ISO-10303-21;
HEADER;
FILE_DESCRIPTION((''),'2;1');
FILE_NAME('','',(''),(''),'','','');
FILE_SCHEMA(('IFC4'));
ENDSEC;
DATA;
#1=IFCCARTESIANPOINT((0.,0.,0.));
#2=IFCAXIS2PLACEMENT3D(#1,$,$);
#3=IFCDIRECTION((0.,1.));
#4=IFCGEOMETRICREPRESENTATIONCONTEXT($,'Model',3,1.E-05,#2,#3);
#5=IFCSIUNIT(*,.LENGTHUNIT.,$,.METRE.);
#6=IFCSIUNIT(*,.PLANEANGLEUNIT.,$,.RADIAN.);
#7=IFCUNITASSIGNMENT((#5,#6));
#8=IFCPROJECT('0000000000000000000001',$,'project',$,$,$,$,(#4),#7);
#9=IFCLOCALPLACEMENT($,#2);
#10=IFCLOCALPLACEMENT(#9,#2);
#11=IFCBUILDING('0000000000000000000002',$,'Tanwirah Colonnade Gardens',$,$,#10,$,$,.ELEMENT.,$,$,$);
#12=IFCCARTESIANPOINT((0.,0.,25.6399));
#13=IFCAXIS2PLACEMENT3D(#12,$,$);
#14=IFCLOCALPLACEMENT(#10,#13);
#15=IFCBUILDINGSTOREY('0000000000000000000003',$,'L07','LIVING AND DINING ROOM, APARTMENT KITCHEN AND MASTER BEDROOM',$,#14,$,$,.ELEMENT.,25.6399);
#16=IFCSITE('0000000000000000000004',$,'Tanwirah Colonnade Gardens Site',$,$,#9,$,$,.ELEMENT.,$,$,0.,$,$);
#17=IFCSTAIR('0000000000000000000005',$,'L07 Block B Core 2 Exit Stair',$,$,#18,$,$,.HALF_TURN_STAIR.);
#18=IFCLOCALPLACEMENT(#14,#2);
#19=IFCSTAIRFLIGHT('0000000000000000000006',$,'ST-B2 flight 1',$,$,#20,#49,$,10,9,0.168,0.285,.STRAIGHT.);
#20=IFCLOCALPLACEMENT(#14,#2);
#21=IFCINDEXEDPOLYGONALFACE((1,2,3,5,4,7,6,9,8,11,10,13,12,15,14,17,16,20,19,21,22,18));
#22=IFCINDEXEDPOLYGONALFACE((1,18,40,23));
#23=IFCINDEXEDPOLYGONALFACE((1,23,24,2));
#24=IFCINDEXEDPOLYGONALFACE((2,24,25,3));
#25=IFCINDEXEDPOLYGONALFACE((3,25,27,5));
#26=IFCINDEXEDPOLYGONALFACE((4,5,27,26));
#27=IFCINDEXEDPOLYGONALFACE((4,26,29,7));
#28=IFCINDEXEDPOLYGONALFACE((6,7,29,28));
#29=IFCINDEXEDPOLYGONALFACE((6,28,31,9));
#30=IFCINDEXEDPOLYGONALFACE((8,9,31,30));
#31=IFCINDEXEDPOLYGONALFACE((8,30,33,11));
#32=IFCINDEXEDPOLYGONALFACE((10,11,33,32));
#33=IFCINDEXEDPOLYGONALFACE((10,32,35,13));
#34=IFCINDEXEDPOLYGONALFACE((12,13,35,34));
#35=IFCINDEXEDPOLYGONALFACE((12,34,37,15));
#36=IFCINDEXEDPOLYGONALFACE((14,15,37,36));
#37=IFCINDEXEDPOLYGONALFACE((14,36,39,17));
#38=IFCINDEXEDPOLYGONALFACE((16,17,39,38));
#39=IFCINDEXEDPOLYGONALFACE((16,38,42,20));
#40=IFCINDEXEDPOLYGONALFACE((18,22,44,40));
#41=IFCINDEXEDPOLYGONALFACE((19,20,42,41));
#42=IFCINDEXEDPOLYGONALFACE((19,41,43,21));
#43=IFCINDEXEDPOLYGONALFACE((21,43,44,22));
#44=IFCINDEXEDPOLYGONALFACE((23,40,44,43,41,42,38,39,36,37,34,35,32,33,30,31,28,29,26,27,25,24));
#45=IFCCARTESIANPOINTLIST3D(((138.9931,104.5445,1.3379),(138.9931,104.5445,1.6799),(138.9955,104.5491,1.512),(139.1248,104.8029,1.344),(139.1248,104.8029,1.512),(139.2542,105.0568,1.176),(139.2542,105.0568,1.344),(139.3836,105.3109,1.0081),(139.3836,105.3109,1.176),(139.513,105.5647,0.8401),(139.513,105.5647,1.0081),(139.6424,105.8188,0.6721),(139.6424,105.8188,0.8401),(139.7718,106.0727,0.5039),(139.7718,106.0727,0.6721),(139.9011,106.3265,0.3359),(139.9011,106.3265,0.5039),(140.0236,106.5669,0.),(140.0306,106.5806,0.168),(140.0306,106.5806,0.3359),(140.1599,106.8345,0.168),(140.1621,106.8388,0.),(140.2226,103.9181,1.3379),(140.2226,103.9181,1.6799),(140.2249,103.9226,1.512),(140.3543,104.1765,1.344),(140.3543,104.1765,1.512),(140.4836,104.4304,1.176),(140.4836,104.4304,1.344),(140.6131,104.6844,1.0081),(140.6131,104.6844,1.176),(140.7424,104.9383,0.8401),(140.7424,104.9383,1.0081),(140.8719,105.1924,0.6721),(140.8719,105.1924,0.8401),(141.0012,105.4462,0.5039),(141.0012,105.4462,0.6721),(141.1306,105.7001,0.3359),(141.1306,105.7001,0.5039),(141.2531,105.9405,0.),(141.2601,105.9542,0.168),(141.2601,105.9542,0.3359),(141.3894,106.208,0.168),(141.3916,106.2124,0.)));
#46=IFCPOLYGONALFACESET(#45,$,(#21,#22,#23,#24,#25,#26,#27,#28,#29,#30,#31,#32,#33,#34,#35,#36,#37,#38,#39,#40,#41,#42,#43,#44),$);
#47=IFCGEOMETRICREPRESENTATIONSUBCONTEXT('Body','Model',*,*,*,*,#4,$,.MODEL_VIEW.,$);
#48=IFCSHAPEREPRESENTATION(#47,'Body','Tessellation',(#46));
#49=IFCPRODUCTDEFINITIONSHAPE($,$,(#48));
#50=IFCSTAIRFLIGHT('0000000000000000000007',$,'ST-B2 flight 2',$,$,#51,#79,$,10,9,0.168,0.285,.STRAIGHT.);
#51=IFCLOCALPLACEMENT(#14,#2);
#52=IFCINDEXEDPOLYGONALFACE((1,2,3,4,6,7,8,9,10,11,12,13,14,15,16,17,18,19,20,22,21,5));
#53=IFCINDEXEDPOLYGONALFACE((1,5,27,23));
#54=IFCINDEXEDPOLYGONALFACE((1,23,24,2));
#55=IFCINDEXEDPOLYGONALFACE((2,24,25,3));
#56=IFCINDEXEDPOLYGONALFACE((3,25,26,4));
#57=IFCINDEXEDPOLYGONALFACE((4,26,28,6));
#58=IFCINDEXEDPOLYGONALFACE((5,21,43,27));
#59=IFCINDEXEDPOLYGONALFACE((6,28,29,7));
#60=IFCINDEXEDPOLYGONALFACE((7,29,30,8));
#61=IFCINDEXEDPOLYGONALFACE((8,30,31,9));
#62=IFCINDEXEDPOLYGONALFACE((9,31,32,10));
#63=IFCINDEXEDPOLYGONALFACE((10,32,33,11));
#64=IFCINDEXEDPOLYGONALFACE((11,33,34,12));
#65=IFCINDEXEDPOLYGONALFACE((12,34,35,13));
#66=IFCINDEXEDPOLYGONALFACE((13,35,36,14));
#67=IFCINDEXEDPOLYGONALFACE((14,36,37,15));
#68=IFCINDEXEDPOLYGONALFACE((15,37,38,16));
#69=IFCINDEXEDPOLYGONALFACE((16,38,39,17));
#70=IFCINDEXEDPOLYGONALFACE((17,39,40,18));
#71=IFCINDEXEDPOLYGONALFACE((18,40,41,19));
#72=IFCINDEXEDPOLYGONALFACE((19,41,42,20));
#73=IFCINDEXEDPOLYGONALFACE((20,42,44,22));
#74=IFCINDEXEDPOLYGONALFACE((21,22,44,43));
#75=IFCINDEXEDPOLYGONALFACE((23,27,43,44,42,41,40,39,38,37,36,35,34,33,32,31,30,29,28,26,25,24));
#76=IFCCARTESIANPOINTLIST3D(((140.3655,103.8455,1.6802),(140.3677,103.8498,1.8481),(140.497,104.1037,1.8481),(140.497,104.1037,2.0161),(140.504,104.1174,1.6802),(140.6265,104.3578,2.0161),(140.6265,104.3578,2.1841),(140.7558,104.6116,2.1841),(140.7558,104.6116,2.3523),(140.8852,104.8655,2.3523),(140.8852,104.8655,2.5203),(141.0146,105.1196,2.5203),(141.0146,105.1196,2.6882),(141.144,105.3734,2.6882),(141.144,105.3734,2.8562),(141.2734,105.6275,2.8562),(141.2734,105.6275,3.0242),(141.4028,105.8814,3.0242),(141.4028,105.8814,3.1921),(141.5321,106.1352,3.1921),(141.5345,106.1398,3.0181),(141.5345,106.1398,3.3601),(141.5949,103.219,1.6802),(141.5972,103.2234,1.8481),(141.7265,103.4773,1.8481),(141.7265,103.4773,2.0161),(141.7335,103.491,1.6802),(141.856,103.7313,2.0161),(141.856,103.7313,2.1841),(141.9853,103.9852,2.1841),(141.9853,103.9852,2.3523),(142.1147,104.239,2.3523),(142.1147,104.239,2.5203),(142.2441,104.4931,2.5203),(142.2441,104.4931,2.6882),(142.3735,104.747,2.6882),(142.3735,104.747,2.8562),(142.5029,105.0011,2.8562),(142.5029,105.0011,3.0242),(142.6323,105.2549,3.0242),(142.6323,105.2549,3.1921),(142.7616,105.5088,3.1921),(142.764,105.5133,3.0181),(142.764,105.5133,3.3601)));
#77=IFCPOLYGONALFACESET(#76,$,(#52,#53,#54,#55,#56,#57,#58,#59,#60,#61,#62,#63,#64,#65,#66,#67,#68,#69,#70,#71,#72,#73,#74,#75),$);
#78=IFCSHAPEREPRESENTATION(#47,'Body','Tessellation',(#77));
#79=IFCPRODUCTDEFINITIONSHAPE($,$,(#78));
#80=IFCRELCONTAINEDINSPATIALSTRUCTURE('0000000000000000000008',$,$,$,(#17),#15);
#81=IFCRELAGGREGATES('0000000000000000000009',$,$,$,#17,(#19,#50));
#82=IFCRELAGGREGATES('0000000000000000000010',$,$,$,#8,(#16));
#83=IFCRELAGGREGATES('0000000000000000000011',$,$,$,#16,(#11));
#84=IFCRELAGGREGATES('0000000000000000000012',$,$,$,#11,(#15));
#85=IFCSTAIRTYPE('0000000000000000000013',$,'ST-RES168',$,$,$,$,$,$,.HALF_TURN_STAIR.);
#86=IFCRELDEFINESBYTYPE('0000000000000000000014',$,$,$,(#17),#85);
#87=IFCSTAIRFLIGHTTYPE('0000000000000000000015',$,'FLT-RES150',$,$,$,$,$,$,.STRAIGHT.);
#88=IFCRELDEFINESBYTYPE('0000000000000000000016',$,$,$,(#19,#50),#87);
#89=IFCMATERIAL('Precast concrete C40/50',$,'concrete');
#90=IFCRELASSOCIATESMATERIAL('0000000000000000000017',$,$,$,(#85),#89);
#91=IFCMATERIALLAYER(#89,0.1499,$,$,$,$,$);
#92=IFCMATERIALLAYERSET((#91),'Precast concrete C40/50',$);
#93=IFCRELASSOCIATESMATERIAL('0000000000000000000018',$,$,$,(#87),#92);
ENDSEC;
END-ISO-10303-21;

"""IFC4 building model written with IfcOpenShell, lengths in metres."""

from ifc_helpers import new_model, si_unit, direction, frame, origin, place, context, subcontext, project, spatial, polyline, outline, extrude, material, layer, layer_set, type_object, element, aggregate, save


model = new_model("IFC4")

# Units and contexts
model_context = context("Model", 3, precision=1e-05, world=origin(), true_north=direction((0.0, 1.0)))
body_context = subcontext(model_context, "Body", "Model", "MODEL_VIEW")
ifc_project = project(units=[si_unit("LENGTHUNIT", "METRE"), si_unit("PLANEANGLEUNIT", "RADIAN")], contexts=[model_context])

# Site, building, storey
site_placement = place(None, origin())
site = spatial("IfcSite", under=ifc_project, at=site_placement, Name="Tanwirah Colonnade Gardens Site", CompositionType="ELEMENT", RefElevation=0.0)
building_placement = place(site_placement, origin())
building = spatial("IfcBuilding", under=site, at=building_placement, Name="Tanwirah Colonnade Gardens", CompositionType="ELEMENT")
storey_placement = place(building_placement, frame((0.0, 0.0, 25.6399)))
storey = spatial("IfcBuildingStorey", under=building, at=storey_placement, Name="L07", Description="LIVING AND DINING ROOM, APARTMENT KITCHEN AND MASTER BEDROOM", CompositionType="ELEMENT", Elevation=25.6399)

# Shared definitions
ifc_material_1 = material(Name="Precast concrete C40/50", Category="concrete")

# Stair, stair flights
stair_type = type_object("IfcStairType", Name="ST-RES168", PredefinedType="HALF_TURN_STAIR", material=ifc_material_1)
stair_placement = place(storey_placement, origin())
stair = element("IfcStair", 1, at=stair_placement, inside=storey, type_object=stair_type, Name="L07 Block B Core 2 Exit Stair", PredefinedType="HALF_TURN_STAIR")
ifc_layer_1 = layer(ifc_material_1, 0.1499)
ifc_layer_set_1 = layer_set([ifc_layer_1], Name="Precast concrete C40/50")
stair_flight_type = type_object("IfcStairFlightType", Name="FLT-RES150", PredefinedType="STRAIGHT", material=ifc_layer_set_1)
stair_flight_1_placement = place(storey_placement, frame((140.7747, 106.5212, 0.0), z_axis=(0.0, 0.0, 1.0), x_axis=(-0.45399, -0.891007, 0.0)))
stair_flight_1 = element("IfcStairFlight", 2, at=stair_flight_1_placement, type_object=stair_flight_type, Name="ST-B2 flight 1", NumberOfRisers=10, NumberOfTreads=9, PredefinedType="STRAIGHT", RiserHeight=0.168, TreadLength=0.285, context=body_context, shape_type="SweptSolid", body=[
    extrude(outline(polyline([(-0.0049, 0.0), (0.0, 0.168), (0.2849, 0.168), (0.2849, 0.3359), (0.5701, 0.3359), (0.5701, 0.5039), (0.855, 0.5039), (0.855, 0.6721), (1.1399, 0.6721), (1.1399, 0.8401), (1.425, 0.8401), (1.425, 1.0081), (1.71, 1.0081), (1.71, 1.176), (1.9951, 1.176), (1.9951, 1.344), (2.28, 1.344), (2.28, 1.512), (2.5649, 1.512), (2.5701, 1.6799), (2.5701, 1.3379), (0.3003, 0.0), (-0.0049, 0.0)])), frame((0.0, 0.6899, 0.0), z_axis=(0.0, -1.0, 0.0), x_axis=(1.0, 0.0, 0.0)), (0.0, 0.0, 1.0), 1.3799),
])
stair_flight_2_placement = place(storey_placement, frame((140.9824, 103.5366, 1.6802), z_axis=(0.0, 0.0, 1.0), x_axis=(0.45399, 0.891007, 0.0)))
stair_flight_2 = element("IfcStairFlight", 3, at=stair_flight_2_placement, type_object=stair_flight_type, Name="ST-B2 flight 2", NumberOfRisers=10, NumberOfTreads=9, PredefinedType="STRAIGHT", RiserHeight=0.168, TreadLength=0.285, context=body_context, shape_type="SweptSolid", body=[
    extrude(outline(polyline([(-0.0049, 0.0), (0.0, 0.168), (0.2849, 0.168), (0.2849, 0.3359), (0.5701, 0.3359), (0.5701, 0.5039), (0.855, 0.5039), (0.855, 0.6721), (1.1399, 0.6721), (1.1399, 0.8401), (1.425, 0.8401), (1.425, 1.0081), (1.71, 1.0081), (1.71, 1.176), (1.9951, 1.176), (1.9951, 1.344), (2.28, 1.344), (2.28, 1.512), (2.5649, 1.512), (2.5701, 1.6799), (2.5701, 1.3379), (0.3003, 0.0), (-0.0049, 0.0)])), frame((0.0, 0.6899, 0.0), z_axis=(0.0, -1.0, 0.0), x_axis=(1.0, 0.0, 0.0)), (0.0, 0.0, 1.0), 1.3799),
])
aggregate(stair, [stair_flight_1, stair_flight_2])

save(model, "model.ifc")
